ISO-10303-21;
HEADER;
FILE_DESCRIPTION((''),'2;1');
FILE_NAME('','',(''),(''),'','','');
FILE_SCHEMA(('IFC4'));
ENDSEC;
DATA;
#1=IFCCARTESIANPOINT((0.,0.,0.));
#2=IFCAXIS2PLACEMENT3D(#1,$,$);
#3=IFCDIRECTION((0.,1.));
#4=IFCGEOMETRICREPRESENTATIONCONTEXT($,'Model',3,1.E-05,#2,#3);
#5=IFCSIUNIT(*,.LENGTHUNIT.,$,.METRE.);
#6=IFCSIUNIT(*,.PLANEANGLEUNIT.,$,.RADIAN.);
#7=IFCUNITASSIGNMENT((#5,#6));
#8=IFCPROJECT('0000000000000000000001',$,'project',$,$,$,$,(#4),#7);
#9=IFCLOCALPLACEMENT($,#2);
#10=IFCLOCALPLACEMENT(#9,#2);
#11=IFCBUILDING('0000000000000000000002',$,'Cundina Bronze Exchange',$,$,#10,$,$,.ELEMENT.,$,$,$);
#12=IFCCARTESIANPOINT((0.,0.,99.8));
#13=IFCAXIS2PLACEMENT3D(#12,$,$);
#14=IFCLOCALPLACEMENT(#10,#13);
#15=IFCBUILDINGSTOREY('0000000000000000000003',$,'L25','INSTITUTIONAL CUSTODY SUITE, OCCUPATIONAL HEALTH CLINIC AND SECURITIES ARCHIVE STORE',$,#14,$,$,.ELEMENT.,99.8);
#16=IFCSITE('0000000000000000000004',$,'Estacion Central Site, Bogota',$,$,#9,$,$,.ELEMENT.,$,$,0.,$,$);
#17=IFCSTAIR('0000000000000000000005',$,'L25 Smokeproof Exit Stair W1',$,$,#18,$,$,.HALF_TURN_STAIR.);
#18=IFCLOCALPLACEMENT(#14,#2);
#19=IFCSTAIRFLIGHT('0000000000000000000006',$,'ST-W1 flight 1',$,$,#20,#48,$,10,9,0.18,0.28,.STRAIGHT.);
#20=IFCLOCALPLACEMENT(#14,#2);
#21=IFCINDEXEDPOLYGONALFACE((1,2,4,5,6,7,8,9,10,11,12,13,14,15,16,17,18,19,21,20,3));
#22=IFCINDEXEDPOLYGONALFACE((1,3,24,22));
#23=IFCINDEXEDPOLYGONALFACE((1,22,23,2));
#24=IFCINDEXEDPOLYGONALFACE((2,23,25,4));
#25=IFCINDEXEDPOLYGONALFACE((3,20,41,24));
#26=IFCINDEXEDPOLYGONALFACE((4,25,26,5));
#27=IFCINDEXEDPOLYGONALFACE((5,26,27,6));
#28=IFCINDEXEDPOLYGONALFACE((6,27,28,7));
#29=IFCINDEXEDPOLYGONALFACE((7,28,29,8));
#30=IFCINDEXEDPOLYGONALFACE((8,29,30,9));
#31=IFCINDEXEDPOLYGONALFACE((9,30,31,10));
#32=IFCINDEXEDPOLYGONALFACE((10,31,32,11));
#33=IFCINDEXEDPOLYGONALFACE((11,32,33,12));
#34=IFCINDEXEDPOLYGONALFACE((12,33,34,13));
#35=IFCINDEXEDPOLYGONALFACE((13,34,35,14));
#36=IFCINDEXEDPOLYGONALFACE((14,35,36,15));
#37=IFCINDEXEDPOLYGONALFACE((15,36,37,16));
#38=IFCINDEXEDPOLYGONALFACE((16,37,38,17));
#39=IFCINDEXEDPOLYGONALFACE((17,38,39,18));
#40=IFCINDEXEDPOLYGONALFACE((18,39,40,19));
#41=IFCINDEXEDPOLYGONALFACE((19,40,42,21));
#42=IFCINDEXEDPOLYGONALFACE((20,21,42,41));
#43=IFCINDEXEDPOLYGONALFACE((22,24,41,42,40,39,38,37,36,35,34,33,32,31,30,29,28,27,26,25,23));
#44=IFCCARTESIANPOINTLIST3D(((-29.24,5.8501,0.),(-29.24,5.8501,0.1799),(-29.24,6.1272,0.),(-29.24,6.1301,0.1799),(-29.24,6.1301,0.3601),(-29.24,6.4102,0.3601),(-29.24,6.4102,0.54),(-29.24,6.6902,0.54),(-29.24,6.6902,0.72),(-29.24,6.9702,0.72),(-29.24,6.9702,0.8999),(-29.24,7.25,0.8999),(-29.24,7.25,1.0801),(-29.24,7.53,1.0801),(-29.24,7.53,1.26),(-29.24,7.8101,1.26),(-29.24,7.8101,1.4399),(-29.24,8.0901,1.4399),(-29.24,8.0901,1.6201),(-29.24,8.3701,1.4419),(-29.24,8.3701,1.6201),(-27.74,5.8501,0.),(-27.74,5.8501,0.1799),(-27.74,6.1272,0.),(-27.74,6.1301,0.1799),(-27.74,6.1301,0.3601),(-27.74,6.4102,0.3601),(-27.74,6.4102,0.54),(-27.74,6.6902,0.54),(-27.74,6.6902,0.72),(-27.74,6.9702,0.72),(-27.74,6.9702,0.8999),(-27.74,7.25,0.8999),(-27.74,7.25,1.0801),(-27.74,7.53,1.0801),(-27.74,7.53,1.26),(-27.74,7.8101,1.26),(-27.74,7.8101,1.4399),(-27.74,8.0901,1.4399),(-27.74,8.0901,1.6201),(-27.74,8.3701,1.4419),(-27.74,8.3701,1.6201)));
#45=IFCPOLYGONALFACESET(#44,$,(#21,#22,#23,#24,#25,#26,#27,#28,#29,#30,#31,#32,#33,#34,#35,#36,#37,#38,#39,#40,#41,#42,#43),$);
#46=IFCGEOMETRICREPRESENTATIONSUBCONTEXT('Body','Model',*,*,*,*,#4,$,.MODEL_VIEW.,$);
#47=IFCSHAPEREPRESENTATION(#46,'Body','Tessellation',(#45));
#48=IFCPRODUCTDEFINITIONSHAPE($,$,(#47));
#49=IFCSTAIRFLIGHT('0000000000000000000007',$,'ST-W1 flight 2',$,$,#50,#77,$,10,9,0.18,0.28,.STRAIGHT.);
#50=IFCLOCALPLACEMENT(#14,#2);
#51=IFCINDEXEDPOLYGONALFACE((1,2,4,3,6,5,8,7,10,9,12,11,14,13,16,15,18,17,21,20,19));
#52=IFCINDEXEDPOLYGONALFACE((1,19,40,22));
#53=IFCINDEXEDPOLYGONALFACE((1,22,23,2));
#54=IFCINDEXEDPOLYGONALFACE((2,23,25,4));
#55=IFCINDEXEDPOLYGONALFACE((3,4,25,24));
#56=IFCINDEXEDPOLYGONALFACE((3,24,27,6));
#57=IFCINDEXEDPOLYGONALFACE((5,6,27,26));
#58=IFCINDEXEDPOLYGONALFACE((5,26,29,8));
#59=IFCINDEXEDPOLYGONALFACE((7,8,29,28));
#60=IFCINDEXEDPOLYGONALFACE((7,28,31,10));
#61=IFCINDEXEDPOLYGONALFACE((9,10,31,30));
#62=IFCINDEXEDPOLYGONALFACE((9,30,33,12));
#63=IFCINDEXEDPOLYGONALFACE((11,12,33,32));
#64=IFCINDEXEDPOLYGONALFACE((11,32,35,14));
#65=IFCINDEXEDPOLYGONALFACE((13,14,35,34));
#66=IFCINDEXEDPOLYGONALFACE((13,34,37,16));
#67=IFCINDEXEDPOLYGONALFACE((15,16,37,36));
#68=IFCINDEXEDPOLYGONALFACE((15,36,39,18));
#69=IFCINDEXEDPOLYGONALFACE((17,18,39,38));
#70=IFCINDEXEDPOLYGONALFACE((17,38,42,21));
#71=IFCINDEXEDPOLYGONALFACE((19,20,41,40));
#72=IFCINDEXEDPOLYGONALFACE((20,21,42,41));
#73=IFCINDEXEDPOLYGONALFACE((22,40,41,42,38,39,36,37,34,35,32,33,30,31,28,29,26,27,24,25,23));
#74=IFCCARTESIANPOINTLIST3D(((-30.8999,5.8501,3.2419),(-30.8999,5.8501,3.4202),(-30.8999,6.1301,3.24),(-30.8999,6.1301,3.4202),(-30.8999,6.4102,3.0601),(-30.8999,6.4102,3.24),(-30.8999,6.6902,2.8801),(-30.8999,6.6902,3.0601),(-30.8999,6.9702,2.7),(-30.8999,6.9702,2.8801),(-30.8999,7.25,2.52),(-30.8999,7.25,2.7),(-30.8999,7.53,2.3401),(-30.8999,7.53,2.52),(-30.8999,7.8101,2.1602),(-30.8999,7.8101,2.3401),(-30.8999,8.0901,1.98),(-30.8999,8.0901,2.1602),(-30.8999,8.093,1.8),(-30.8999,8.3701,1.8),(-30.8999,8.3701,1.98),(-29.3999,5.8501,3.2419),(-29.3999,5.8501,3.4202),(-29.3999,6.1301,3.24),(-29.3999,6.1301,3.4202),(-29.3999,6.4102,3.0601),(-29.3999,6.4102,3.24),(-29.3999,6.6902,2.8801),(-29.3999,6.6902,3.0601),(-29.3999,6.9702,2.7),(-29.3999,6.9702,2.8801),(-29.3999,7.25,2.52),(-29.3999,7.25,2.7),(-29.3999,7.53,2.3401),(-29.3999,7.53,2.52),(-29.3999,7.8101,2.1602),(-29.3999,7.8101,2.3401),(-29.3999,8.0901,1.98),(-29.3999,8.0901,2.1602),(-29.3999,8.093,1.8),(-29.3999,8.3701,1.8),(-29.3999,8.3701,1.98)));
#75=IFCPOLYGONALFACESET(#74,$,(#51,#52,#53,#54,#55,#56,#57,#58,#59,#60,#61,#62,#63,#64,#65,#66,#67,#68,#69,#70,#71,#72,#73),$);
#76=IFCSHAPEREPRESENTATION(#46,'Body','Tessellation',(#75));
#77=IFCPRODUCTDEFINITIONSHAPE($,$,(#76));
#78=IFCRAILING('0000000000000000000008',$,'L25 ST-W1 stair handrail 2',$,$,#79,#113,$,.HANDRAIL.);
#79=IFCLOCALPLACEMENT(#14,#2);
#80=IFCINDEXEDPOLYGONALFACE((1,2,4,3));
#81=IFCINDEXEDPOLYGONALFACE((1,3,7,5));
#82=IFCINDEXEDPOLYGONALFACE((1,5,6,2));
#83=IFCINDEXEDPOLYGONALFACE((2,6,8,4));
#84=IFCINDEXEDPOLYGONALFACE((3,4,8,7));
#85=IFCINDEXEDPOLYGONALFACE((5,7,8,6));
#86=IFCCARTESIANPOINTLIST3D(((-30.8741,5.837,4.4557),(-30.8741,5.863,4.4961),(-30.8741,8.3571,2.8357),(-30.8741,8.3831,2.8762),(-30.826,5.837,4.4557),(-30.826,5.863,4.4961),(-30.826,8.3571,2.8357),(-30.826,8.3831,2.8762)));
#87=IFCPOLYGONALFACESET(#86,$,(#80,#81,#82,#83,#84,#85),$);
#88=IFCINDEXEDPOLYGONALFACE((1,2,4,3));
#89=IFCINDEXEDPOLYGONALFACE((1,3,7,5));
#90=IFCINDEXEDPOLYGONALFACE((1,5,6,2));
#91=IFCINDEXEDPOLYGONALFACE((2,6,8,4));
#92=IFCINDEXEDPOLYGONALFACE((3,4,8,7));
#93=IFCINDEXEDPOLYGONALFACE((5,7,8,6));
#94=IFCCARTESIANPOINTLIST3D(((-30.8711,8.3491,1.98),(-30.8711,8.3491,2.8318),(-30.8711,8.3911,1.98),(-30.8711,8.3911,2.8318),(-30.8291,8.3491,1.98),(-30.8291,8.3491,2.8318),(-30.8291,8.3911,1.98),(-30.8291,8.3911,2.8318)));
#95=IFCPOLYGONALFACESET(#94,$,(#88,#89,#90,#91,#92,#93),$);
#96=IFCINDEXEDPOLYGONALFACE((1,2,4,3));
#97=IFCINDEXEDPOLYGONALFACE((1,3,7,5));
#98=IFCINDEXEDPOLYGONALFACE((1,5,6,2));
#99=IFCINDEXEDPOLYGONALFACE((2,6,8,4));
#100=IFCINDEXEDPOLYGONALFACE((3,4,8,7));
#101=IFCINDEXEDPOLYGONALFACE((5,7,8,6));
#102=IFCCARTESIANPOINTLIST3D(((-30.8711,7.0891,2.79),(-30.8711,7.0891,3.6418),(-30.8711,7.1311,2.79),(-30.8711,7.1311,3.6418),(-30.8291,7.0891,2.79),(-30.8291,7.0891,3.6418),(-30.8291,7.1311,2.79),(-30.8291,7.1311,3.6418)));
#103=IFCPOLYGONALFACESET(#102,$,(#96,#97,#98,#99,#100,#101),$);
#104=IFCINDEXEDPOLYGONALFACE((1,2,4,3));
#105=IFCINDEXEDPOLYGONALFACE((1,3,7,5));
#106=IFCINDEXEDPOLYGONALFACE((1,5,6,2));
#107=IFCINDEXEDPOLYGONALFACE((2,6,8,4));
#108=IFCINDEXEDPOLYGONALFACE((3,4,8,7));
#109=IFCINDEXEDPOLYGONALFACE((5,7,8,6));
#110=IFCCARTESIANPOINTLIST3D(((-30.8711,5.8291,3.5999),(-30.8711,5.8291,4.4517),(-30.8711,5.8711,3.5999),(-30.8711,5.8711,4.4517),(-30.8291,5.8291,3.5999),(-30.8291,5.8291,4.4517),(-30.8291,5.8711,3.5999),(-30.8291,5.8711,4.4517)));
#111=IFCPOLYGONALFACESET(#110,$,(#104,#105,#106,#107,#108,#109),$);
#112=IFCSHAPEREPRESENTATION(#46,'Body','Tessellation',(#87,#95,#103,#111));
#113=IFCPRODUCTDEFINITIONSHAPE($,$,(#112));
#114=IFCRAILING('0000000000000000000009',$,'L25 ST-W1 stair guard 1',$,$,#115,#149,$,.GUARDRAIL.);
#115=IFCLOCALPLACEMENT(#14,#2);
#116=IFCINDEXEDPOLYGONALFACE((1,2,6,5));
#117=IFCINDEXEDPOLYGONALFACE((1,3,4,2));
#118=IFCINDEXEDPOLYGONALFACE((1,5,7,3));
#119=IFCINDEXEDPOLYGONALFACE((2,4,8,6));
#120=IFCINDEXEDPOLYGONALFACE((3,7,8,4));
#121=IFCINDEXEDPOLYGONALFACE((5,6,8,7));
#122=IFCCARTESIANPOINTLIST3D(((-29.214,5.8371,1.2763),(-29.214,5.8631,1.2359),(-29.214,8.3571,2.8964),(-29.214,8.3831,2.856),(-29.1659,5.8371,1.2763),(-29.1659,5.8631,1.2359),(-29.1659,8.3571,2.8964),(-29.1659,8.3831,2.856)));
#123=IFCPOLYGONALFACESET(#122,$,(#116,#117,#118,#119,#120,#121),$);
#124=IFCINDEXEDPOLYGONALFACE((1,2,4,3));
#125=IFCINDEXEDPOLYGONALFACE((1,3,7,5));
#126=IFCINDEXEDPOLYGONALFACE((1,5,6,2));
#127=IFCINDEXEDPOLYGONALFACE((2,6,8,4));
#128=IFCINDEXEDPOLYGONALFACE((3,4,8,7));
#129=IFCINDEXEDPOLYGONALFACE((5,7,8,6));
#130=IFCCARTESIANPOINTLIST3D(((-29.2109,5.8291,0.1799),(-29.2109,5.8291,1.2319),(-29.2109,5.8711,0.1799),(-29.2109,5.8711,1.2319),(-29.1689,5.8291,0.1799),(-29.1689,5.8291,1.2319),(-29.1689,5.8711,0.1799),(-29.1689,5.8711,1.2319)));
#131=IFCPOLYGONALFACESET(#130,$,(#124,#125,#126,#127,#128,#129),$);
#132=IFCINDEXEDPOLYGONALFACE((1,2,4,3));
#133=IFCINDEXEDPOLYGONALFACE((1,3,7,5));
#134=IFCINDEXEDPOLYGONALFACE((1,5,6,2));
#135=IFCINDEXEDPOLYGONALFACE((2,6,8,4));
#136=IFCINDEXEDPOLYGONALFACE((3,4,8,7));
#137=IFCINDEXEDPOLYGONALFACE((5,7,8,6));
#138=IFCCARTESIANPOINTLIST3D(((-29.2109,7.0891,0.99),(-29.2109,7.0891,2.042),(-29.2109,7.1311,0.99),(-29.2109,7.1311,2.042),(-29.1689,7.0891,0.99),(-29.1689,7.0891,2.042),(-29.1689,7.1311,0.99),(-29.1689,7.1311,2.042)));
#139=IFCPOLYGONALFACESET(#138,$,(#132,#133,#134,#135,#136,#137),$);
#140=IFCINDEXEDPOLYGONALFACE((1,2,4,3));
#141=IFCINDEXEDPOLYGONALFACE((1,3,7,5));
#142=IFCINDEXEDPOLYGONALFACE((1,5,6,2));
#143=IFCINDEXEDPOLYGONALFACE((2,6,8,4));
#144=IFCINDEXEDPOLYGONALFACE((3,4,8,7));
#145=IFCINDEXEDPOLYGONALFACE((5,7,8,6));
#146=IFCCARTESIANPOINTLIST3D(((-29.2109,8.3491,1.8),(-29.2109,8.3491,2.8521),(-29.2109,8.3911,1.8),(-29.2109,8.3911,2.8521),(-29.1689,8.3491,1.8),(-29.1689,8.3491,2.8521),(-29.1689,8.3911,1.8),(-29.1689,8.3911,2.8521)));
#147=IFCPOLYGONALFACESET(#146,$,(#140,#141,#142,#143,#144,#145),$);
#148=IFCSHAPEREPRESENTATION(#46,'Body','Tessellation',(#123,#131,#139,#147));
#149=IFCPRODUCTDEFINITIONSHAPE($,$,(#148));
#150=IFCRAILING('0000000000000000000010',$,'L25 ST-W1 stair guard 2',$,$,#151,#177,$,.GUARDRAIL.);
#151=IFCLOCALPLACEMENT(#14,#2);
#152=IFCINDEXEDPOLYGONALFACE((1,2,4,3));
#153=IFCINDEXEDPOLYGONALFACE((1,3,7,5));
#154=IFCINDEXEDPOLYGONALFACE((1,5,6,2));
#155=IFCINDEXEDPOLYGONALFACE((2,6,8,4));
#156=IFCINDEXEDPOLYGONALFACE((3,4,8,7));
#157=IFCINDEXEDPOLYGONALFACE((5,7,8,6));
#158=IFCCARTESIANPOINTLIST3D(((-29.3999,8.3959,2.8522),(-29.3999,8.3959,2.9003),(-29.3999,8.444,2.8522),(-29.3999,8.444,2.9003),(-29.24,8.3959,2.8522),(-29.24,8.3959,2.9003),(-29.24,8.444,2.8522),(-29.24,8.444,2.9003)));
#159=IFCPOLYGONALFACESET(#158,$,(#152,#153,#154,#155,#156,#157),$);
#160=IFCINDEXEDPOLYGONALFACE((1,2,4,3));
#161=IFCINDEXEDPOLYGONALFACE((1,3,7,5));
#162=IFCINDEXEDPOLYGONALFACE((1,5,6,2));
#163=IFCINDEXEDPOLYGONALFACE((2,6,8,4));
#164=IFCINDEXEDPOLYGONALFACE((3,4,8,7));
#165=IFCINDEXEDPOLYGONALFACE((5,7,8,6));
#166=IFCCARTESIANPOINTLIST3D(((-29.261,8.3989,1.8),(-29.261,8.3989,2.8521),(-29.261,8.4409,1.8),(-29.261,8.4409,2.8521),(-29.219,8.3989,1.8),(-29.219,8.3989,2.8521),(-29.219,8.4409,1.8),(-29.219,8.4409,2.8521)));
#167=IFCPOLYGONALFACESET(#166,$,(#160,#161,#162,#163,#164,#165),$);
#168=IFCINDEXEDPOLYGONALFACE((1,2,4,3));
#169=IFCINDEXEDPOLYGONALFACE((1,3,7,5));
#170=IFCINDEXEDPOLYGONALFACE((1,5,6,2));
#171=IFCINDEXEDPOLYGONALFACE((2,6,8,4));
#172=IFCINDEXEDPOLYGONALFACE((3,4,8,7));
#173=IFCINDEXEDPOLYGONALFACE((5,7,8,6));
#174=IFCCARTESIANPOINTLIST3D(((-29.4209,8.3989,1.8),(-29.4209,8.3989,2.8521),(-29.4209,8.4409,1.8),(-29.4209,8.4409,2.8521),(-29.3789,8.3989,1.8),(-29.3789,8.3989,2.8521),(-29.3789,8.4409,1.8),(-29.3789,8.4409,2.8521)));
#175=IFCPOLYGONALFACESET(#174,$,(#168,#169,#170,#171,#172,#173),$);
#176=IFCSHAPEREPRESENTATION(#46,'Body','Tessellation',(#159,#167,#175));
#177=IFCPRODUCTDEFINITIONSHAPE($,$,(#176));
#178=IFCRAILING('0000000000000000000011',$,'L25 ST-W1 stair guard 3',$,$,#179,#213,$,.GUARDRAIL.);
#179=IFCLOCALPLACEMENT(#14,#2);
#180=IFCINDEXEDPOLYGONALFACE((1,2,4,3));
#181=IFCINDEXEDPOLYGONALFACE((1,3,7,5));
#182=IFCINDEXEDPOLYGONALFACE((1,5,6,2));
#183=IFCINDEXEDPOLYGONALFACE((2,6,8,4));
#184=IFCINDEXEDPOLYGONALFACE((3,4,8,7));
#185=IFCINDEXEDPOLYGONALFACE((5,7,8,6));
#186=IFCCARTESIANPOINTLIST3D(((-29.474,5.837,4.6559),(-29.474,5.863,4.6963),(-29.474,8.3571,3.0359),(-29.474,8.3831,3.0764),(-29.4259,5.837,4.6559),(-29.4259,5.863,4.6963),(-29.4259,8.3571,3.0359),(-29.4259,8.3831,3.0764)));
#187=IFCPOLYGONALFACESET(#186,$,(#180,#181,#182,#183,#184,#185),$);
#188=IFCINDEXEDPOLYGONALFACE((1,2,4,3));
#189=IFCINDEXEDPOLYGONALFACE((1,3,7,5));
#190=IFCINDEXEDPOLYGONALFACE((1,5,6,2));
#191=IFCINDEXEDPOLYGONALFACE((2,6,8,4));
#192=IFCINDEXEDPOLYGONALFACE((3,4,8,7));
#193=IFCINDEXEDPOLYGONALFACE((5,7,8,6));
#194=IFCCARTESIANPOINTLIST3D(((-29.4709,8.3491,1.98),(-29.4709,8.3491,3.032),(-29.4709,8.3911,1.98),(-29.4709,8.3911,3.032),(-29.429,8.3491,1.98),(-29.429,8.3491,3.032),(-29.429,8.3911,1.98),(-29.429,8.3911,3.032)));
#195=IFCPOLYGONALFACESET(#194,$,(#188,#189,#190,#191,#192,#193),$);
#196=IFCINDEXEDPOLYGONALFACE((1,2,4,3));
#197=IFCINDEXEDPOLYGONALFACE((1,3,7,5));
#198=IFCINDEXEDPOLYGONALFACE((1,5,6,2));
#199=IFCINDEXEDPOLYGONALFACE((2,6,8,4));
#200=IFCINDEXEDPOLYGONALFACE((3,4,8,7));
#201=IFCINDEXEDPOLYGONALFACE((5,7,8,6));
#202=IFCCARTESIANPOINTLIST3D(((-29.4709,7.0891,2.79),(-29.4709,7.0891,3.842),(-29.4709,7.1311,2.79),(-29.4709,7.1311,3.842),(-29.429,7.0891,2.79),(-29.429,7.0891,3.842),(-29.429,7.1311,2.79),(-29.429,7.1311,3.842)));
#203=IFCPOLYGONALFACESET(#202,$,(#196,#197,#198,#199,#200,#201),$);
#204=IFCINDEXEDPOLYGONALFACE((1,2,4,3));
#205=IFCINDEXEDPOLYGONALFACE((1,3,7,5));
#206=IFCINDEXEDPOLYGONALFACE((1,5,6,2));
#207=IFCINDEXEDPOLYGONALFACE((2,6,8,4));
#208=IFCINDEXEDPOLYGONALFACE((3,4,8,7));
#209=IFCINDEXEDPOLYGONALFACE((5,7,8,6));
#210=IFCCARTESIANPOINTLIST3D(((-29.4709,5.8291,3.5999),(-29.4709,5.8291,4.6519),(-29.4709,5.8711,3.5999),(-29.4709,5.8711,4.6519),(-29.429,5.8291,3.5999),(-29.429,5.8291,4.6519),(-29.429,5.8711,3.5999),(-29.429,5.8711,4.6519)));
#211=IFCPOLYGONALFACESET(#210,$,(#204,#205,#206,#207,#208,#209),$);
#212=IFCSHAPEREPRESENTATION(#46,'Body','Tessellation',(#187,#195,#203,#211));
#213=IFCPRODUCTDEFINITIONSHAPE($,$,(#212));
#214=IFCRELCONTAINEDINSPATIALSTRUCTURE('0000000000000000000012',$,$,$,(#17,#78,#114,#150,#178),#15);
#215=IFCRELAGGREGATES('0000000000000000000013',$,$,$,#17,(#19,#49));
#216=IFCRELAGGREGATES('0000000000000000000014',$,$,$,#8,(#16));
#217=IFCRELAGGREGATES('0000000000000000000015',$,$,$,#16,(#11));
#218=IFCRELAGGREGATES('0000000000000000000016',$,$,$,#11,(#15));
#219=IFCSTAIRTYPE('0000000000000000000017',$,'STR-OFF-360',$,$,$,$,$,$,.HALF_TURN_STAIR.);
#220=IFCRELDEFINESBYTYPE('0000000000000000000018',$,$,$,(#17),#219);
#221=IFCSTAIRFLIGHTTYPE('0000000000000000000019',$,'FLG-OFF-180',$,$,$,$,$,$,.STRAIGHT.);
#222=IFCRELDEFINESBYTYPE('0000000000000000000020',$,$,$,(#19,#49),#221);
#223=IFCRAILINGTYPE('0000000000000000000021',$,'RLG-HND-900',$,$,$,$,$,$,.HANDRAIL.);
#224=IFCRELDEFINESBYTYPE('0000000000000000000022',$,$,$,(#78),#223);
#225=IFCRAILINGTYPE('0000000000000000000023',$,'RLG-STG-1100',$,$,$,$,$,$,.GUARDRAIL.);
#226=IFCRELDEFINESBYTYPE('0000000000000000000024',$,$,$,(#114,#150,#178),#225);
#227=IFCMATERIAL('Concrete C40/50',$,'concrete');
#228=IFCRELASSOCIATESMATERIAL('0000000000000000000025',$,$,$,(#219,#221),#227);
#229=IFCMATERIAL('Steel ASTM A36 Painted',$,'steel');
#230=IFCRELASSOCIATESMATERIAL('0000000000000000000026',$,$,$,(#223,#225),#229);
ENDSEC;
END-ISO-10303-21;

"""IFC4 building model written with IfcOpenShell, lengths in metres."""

from ifc_helpers import new_model, si_unit, direction, frame, origin, origin_2d, place, context, subcontext, project, spatial, polyline, rectangle, outline, extrude, material, type_object, element, aggregate, save


model = new_model("IFC4")

# Units and contexts
model_context = context("Model", 3, precision=1e-05, world=origin(), true_north=direction((0.0, 1.0)))
body_context = subcontext(model_context, "Body", "Model", "MODEL_VIEW")
ifc_project = project(units=[si_unit("LENGTHUNIT", "METRE"), si_unit("PLANEANGLEUNIT", "RADIAN")], contexts=[model_context])

# Site, building, storey
site_placement = place(None, origin())
site = spatial("IfcSite", under=ifc_project, at=site_placement, Name="Estacion Central Site, Bogota", CompositionType="ELEMENT", RefElevation=0.0)
building_placement = place(site_placement, origin())
building = spatial("IfcBuilding", under=site, at=building_placement, Name="Cundina Bronze Exchange", CompositionType="ELEMENT")
storey_placement = place(building_placement, frame((0.0, 0.0, 99.8)))
storey = spatial("IfcBuildingStorey", under=building, at=storey_placement, Name="L25", Description="INSTITUTIONAL CUSTODY SUITE, OCCUPATIONAL HEALTH CLINIC AND SECURITIES ARCHIVE STORE", CompositionType="ELEMENT", Elevation=99.8)

# Shared definitions
ifc_material_1 = material(Name="Steel ASTM A36 Painted", Category="steel")

# Stair, stair flights
ifc_material_2 = material(Name="Concrete C40/50", Category="concrete")
stair_type = type_object("IfcStairType", Name="STR-OFF-360", PredefinedType="HALF_TURN_STAIR", material=ifc_material_2)
stair_placement = place(storey_placement, origin())
stair = element("IfcStair", 1, at=stair_placement, inside=storey, type_object=stair_type, Name="L25 Smokeproof Exit Stair W1", PredefinedType="HALF_TURN_STAIR")
stair_flight_type = type_object("IfcStairFlightType", Name="FLG-OFF-180", PredefinedType="STRAIGHT", material=ifc_material_2)
stair_flight_1_placement = place(storey_placement, frame((-28.49, 5.8501, 0.0), z_axis=(0.0, 0.0, 1.0), x_axis=(0.0, 1.0, 0.0)))
stair_flight_1 = element("IfcStairFlight", 2, at=stair_flight_1_placement, type_object=stair_flight_type, Name="ST-W1 flight 1", NumberOfRisers=10, NumberOfTreads=9, PredefinedType="STRAIGHT", RiserHeight=0.18, TreadLength=0.28, context=body_context, shape_type="SweptSolid", body=[
    extrude(outline(polyline([(0.0, 0.0), (0.0, 0.1799), (0.28, 0.1799), (0.28, 0.3601), (0.5601, 0.3601), (0.5601, 0.54), (0.8401, 0.54), (0.8401, 0.72), (1.1201, 0.72), (1.1201, 0.8999), (1.3999, 0.8999), (1.3999, 1.0801), (1.6799, 1.0801), (1.6799, 1.26), (1.96, 1.26), (1.96, 1.4399), (2.24, 1.4399), (2.24, 1.6201), (2.52, 1.6201), (2.52, 1.8), (2.52, 1.4419), (0.2771, 0.0), (0.0, 0.0)])), frame((0.0, 0.75, 0.0), z_axis=(0.0, -1.0, 0.0), x_axis=(1.0, 0.0, 0.0)), (0.0, 0.0, 1.0), 1.5),
])
stair_flight_2_placement = place(storey_placement, frame((-30.1499, 8.3701, 1.8), z_axis=(0.0, 0.0, 1.0), x_axis=(0.0, -1.0, 0.0)))
stair_flight_2 = element("IfcStairFlight", 3, at=stair_flight_2_placement, type_object=stair_flight_type, Name="ST-W1 flight 2", NumberOfRisers=10, NumberOfTreads=9, PredefinedType="STRAIGHT", RiserHeight=0.18, TreadLength=0.28, context=body_context, shape_type="SweptSolid", body=[
    extrude(outline(polyline([(0.0, 0.0), (0.0, 0.1799), (0.28, 0.1799), (0.28, 0.3601), (0.5601, 0.3601), (0.5601, 0.54), (0.8401, 0.54), (0.8401, 0.72), (1.1201, 0.72), (1.1201, 0.8999), (1.3999, 0.8999), (1.3999, 1.0801), (1.6799, 1.0801), (1.6799, 1.26), (1.96, 1.26), (1.96, 1.4399), (2.24, 1.4399), (2.24, 1.6201), (2.52, 1.6201), (2.52, 1.8), (2.52, 1.4419), (0.2771, 0.0), (0.0, 0.0)])), frame((0.0, 0.75, 0.0), z_axis=(0.0, -1.0, 0.0), x_axis=(1.0, 0.0, 0.0)), (0.0, 0.0, 1.0), 1.5),
])
aggregate(stair, [stair_flight_1, stair_flight_2])

# Railings
railing_type_1 = type_object("IfcRailingType", Name="RLG-HND-900", PredefinedType="HANDRAIL", material=ifc_material_1)
railing_1_placement = place(storey_placement, frame((-30.8501, 8.3701, 1.98)))
element("IfcRailing", 4, at=railing_1_placement, inside=storey, type_object=railing_type_1, Name="L25 ST-W1 stair handrail 2", PredefinedType="HANDRAIL", context=body_context, shape_type="SweptSolid", body=[
    extrude(rectangle(XDim=0.0481, YDim=0.0481, at=origin_2d()), frame((0.0, 0.0, 0.876), z_axis=(0.0, -0.8412, 0.540725), x_axis=(1.0, 0.0, 0.0)), (0.0, 0.0, 1.0), 2.9958),
    extrude(rectangle(XDim=0.042, YDim=0.042, at=origin_2d()), origin(), (0.0, 0.0, 1.0), 0.8518),
    extrude(rectangle(XDim=0.042, YDim=0.042, at=origin_2d()), frame((0.0, -1.26, 0.8101)), (0.0, 0.0, 1.0), 0.8518),
    extrude(rectangle(XDim=0.042, YDim=0.042, at=origin_2d()), frame((0.0, -2.52, 1.6199)), (0.0, 0.0, 1.0), 0.8518),
])
railing_type_2 = type_object("IfcRailingType", Name="RLG-STG-1100", PredefinedType="GUARDRAIL", material=ifc_material_1)
railing_2_placement = place(storey_placement, frame((-29.1899, 5.8501, 0.1799)))
element("IfcRailing", 5, at=railing_2_placement, inside=storey, type_object=railing_type_2, Name="L25 ST-W1 stair guard 1", PredefinedType="GUARDRAIL", context=body_context, shape_type="SweptSolid", body=[
    extrude(rectangle(XDim=0.0481, YDim=0.0481, at=origin_2d()), frame((0.0, 0.0, 1.0762), z_axis=(0.0, 0.841163, 0.540782), x_axis=(-1.0, 0.0, 0.0)), (0.0, 0.0, 1.0), 2.9958),
    extrude(rectangle(XDim=0.042, YDim=0.042, at=origin_2d()), origin(), (0.0, 0.0, 1.0), 1.052),
    extrude(rectangle(XDim=0.042, YDim=0.042, at=origin_2d()), frame((0.0, 1.26, 0.8101)), (0.0, 0.0, 1.0), 1.052),
    extrude(rectangle(XDim=0.042, YDim=0.042, at=origin_2d()), frame((0.0, 2.52, 1.6201)), (0.0, 0.0, 1.0), 1.052),
])
railing_3_placement = place(storey_placement, frame((-29.24, 8.4199, 1.8)))
element("IfcRailing", 6, at=railing_3_placement, inside=storey, type_object=railing_type_2, Name="L25 ST-W1 stair guard 2", PredefinedType="GUARDRAIL", context=body_context, shape_type="SweptSolid", body=[
    extrude(rectangle(XDim=0.0481, YDim=0.0481, at=origin_2d()), frame((0.0, 0.0, 1.0762), z_axis=(-1.0, 0.0, 0.0), x_axis=(0.0, -1.0, 0.0)), (0.0, 0.0, 1.0), 0.1599),
    extrude(rectangle(XDim=0.042, YDim=0.042, at=origin_2d()), origin(), (0.0, 0.0, 1.0), 1.052),
    extrude(rectangle(XDim=0.042, YDim=0.042, at=origin_2d()), frame((-0.1599, 0.0, 0.0)), (0.0, 0.0, 1.0), 1.052),
])
railing_4_placement = place(storey_placement, frame((-29.45, 8.3701, 1.98)))
element("IfcRailing", 7, at=railing_4_placement, inside=storey, type_object=railing_type_2, Name="L25 ST-W1 stair guard 3", PredefinedType="GUARDRAIL", context=body_context, shape_type="SweptSolid", body=[
    extrude(rectangle(XDim=0.0481, YDim=0.0481, at=origin_2d()), frame((0.0, 0.0, 1.0762), z_axis=(0.0, -0.8412, 0.540725), x_axis=(1.0, 0.0, 0.0)), (0.0, 0.0, 1.0), 2.9958),
    extrude(rectangle(XDim=0.042, YDim=0.042, at=origin_2d()), origin(), (0.0, 0.0, 1.0), 1.052),
    extrude(rectangle(XDim=0.042, YDim=0.042, at=origin_2d()), frame((0.0, -1.26, 0.8101)), (0.0, 0.0, 1.0), 1.052),
    extrude(rectangle(XDim=0.042, YDim=0.042, at=origin_2d()), frame((0.0, -2.52, 1.6199)), (0.0, 0.0, 1.0), 1.052),
])

save(model, "model.ifc")
